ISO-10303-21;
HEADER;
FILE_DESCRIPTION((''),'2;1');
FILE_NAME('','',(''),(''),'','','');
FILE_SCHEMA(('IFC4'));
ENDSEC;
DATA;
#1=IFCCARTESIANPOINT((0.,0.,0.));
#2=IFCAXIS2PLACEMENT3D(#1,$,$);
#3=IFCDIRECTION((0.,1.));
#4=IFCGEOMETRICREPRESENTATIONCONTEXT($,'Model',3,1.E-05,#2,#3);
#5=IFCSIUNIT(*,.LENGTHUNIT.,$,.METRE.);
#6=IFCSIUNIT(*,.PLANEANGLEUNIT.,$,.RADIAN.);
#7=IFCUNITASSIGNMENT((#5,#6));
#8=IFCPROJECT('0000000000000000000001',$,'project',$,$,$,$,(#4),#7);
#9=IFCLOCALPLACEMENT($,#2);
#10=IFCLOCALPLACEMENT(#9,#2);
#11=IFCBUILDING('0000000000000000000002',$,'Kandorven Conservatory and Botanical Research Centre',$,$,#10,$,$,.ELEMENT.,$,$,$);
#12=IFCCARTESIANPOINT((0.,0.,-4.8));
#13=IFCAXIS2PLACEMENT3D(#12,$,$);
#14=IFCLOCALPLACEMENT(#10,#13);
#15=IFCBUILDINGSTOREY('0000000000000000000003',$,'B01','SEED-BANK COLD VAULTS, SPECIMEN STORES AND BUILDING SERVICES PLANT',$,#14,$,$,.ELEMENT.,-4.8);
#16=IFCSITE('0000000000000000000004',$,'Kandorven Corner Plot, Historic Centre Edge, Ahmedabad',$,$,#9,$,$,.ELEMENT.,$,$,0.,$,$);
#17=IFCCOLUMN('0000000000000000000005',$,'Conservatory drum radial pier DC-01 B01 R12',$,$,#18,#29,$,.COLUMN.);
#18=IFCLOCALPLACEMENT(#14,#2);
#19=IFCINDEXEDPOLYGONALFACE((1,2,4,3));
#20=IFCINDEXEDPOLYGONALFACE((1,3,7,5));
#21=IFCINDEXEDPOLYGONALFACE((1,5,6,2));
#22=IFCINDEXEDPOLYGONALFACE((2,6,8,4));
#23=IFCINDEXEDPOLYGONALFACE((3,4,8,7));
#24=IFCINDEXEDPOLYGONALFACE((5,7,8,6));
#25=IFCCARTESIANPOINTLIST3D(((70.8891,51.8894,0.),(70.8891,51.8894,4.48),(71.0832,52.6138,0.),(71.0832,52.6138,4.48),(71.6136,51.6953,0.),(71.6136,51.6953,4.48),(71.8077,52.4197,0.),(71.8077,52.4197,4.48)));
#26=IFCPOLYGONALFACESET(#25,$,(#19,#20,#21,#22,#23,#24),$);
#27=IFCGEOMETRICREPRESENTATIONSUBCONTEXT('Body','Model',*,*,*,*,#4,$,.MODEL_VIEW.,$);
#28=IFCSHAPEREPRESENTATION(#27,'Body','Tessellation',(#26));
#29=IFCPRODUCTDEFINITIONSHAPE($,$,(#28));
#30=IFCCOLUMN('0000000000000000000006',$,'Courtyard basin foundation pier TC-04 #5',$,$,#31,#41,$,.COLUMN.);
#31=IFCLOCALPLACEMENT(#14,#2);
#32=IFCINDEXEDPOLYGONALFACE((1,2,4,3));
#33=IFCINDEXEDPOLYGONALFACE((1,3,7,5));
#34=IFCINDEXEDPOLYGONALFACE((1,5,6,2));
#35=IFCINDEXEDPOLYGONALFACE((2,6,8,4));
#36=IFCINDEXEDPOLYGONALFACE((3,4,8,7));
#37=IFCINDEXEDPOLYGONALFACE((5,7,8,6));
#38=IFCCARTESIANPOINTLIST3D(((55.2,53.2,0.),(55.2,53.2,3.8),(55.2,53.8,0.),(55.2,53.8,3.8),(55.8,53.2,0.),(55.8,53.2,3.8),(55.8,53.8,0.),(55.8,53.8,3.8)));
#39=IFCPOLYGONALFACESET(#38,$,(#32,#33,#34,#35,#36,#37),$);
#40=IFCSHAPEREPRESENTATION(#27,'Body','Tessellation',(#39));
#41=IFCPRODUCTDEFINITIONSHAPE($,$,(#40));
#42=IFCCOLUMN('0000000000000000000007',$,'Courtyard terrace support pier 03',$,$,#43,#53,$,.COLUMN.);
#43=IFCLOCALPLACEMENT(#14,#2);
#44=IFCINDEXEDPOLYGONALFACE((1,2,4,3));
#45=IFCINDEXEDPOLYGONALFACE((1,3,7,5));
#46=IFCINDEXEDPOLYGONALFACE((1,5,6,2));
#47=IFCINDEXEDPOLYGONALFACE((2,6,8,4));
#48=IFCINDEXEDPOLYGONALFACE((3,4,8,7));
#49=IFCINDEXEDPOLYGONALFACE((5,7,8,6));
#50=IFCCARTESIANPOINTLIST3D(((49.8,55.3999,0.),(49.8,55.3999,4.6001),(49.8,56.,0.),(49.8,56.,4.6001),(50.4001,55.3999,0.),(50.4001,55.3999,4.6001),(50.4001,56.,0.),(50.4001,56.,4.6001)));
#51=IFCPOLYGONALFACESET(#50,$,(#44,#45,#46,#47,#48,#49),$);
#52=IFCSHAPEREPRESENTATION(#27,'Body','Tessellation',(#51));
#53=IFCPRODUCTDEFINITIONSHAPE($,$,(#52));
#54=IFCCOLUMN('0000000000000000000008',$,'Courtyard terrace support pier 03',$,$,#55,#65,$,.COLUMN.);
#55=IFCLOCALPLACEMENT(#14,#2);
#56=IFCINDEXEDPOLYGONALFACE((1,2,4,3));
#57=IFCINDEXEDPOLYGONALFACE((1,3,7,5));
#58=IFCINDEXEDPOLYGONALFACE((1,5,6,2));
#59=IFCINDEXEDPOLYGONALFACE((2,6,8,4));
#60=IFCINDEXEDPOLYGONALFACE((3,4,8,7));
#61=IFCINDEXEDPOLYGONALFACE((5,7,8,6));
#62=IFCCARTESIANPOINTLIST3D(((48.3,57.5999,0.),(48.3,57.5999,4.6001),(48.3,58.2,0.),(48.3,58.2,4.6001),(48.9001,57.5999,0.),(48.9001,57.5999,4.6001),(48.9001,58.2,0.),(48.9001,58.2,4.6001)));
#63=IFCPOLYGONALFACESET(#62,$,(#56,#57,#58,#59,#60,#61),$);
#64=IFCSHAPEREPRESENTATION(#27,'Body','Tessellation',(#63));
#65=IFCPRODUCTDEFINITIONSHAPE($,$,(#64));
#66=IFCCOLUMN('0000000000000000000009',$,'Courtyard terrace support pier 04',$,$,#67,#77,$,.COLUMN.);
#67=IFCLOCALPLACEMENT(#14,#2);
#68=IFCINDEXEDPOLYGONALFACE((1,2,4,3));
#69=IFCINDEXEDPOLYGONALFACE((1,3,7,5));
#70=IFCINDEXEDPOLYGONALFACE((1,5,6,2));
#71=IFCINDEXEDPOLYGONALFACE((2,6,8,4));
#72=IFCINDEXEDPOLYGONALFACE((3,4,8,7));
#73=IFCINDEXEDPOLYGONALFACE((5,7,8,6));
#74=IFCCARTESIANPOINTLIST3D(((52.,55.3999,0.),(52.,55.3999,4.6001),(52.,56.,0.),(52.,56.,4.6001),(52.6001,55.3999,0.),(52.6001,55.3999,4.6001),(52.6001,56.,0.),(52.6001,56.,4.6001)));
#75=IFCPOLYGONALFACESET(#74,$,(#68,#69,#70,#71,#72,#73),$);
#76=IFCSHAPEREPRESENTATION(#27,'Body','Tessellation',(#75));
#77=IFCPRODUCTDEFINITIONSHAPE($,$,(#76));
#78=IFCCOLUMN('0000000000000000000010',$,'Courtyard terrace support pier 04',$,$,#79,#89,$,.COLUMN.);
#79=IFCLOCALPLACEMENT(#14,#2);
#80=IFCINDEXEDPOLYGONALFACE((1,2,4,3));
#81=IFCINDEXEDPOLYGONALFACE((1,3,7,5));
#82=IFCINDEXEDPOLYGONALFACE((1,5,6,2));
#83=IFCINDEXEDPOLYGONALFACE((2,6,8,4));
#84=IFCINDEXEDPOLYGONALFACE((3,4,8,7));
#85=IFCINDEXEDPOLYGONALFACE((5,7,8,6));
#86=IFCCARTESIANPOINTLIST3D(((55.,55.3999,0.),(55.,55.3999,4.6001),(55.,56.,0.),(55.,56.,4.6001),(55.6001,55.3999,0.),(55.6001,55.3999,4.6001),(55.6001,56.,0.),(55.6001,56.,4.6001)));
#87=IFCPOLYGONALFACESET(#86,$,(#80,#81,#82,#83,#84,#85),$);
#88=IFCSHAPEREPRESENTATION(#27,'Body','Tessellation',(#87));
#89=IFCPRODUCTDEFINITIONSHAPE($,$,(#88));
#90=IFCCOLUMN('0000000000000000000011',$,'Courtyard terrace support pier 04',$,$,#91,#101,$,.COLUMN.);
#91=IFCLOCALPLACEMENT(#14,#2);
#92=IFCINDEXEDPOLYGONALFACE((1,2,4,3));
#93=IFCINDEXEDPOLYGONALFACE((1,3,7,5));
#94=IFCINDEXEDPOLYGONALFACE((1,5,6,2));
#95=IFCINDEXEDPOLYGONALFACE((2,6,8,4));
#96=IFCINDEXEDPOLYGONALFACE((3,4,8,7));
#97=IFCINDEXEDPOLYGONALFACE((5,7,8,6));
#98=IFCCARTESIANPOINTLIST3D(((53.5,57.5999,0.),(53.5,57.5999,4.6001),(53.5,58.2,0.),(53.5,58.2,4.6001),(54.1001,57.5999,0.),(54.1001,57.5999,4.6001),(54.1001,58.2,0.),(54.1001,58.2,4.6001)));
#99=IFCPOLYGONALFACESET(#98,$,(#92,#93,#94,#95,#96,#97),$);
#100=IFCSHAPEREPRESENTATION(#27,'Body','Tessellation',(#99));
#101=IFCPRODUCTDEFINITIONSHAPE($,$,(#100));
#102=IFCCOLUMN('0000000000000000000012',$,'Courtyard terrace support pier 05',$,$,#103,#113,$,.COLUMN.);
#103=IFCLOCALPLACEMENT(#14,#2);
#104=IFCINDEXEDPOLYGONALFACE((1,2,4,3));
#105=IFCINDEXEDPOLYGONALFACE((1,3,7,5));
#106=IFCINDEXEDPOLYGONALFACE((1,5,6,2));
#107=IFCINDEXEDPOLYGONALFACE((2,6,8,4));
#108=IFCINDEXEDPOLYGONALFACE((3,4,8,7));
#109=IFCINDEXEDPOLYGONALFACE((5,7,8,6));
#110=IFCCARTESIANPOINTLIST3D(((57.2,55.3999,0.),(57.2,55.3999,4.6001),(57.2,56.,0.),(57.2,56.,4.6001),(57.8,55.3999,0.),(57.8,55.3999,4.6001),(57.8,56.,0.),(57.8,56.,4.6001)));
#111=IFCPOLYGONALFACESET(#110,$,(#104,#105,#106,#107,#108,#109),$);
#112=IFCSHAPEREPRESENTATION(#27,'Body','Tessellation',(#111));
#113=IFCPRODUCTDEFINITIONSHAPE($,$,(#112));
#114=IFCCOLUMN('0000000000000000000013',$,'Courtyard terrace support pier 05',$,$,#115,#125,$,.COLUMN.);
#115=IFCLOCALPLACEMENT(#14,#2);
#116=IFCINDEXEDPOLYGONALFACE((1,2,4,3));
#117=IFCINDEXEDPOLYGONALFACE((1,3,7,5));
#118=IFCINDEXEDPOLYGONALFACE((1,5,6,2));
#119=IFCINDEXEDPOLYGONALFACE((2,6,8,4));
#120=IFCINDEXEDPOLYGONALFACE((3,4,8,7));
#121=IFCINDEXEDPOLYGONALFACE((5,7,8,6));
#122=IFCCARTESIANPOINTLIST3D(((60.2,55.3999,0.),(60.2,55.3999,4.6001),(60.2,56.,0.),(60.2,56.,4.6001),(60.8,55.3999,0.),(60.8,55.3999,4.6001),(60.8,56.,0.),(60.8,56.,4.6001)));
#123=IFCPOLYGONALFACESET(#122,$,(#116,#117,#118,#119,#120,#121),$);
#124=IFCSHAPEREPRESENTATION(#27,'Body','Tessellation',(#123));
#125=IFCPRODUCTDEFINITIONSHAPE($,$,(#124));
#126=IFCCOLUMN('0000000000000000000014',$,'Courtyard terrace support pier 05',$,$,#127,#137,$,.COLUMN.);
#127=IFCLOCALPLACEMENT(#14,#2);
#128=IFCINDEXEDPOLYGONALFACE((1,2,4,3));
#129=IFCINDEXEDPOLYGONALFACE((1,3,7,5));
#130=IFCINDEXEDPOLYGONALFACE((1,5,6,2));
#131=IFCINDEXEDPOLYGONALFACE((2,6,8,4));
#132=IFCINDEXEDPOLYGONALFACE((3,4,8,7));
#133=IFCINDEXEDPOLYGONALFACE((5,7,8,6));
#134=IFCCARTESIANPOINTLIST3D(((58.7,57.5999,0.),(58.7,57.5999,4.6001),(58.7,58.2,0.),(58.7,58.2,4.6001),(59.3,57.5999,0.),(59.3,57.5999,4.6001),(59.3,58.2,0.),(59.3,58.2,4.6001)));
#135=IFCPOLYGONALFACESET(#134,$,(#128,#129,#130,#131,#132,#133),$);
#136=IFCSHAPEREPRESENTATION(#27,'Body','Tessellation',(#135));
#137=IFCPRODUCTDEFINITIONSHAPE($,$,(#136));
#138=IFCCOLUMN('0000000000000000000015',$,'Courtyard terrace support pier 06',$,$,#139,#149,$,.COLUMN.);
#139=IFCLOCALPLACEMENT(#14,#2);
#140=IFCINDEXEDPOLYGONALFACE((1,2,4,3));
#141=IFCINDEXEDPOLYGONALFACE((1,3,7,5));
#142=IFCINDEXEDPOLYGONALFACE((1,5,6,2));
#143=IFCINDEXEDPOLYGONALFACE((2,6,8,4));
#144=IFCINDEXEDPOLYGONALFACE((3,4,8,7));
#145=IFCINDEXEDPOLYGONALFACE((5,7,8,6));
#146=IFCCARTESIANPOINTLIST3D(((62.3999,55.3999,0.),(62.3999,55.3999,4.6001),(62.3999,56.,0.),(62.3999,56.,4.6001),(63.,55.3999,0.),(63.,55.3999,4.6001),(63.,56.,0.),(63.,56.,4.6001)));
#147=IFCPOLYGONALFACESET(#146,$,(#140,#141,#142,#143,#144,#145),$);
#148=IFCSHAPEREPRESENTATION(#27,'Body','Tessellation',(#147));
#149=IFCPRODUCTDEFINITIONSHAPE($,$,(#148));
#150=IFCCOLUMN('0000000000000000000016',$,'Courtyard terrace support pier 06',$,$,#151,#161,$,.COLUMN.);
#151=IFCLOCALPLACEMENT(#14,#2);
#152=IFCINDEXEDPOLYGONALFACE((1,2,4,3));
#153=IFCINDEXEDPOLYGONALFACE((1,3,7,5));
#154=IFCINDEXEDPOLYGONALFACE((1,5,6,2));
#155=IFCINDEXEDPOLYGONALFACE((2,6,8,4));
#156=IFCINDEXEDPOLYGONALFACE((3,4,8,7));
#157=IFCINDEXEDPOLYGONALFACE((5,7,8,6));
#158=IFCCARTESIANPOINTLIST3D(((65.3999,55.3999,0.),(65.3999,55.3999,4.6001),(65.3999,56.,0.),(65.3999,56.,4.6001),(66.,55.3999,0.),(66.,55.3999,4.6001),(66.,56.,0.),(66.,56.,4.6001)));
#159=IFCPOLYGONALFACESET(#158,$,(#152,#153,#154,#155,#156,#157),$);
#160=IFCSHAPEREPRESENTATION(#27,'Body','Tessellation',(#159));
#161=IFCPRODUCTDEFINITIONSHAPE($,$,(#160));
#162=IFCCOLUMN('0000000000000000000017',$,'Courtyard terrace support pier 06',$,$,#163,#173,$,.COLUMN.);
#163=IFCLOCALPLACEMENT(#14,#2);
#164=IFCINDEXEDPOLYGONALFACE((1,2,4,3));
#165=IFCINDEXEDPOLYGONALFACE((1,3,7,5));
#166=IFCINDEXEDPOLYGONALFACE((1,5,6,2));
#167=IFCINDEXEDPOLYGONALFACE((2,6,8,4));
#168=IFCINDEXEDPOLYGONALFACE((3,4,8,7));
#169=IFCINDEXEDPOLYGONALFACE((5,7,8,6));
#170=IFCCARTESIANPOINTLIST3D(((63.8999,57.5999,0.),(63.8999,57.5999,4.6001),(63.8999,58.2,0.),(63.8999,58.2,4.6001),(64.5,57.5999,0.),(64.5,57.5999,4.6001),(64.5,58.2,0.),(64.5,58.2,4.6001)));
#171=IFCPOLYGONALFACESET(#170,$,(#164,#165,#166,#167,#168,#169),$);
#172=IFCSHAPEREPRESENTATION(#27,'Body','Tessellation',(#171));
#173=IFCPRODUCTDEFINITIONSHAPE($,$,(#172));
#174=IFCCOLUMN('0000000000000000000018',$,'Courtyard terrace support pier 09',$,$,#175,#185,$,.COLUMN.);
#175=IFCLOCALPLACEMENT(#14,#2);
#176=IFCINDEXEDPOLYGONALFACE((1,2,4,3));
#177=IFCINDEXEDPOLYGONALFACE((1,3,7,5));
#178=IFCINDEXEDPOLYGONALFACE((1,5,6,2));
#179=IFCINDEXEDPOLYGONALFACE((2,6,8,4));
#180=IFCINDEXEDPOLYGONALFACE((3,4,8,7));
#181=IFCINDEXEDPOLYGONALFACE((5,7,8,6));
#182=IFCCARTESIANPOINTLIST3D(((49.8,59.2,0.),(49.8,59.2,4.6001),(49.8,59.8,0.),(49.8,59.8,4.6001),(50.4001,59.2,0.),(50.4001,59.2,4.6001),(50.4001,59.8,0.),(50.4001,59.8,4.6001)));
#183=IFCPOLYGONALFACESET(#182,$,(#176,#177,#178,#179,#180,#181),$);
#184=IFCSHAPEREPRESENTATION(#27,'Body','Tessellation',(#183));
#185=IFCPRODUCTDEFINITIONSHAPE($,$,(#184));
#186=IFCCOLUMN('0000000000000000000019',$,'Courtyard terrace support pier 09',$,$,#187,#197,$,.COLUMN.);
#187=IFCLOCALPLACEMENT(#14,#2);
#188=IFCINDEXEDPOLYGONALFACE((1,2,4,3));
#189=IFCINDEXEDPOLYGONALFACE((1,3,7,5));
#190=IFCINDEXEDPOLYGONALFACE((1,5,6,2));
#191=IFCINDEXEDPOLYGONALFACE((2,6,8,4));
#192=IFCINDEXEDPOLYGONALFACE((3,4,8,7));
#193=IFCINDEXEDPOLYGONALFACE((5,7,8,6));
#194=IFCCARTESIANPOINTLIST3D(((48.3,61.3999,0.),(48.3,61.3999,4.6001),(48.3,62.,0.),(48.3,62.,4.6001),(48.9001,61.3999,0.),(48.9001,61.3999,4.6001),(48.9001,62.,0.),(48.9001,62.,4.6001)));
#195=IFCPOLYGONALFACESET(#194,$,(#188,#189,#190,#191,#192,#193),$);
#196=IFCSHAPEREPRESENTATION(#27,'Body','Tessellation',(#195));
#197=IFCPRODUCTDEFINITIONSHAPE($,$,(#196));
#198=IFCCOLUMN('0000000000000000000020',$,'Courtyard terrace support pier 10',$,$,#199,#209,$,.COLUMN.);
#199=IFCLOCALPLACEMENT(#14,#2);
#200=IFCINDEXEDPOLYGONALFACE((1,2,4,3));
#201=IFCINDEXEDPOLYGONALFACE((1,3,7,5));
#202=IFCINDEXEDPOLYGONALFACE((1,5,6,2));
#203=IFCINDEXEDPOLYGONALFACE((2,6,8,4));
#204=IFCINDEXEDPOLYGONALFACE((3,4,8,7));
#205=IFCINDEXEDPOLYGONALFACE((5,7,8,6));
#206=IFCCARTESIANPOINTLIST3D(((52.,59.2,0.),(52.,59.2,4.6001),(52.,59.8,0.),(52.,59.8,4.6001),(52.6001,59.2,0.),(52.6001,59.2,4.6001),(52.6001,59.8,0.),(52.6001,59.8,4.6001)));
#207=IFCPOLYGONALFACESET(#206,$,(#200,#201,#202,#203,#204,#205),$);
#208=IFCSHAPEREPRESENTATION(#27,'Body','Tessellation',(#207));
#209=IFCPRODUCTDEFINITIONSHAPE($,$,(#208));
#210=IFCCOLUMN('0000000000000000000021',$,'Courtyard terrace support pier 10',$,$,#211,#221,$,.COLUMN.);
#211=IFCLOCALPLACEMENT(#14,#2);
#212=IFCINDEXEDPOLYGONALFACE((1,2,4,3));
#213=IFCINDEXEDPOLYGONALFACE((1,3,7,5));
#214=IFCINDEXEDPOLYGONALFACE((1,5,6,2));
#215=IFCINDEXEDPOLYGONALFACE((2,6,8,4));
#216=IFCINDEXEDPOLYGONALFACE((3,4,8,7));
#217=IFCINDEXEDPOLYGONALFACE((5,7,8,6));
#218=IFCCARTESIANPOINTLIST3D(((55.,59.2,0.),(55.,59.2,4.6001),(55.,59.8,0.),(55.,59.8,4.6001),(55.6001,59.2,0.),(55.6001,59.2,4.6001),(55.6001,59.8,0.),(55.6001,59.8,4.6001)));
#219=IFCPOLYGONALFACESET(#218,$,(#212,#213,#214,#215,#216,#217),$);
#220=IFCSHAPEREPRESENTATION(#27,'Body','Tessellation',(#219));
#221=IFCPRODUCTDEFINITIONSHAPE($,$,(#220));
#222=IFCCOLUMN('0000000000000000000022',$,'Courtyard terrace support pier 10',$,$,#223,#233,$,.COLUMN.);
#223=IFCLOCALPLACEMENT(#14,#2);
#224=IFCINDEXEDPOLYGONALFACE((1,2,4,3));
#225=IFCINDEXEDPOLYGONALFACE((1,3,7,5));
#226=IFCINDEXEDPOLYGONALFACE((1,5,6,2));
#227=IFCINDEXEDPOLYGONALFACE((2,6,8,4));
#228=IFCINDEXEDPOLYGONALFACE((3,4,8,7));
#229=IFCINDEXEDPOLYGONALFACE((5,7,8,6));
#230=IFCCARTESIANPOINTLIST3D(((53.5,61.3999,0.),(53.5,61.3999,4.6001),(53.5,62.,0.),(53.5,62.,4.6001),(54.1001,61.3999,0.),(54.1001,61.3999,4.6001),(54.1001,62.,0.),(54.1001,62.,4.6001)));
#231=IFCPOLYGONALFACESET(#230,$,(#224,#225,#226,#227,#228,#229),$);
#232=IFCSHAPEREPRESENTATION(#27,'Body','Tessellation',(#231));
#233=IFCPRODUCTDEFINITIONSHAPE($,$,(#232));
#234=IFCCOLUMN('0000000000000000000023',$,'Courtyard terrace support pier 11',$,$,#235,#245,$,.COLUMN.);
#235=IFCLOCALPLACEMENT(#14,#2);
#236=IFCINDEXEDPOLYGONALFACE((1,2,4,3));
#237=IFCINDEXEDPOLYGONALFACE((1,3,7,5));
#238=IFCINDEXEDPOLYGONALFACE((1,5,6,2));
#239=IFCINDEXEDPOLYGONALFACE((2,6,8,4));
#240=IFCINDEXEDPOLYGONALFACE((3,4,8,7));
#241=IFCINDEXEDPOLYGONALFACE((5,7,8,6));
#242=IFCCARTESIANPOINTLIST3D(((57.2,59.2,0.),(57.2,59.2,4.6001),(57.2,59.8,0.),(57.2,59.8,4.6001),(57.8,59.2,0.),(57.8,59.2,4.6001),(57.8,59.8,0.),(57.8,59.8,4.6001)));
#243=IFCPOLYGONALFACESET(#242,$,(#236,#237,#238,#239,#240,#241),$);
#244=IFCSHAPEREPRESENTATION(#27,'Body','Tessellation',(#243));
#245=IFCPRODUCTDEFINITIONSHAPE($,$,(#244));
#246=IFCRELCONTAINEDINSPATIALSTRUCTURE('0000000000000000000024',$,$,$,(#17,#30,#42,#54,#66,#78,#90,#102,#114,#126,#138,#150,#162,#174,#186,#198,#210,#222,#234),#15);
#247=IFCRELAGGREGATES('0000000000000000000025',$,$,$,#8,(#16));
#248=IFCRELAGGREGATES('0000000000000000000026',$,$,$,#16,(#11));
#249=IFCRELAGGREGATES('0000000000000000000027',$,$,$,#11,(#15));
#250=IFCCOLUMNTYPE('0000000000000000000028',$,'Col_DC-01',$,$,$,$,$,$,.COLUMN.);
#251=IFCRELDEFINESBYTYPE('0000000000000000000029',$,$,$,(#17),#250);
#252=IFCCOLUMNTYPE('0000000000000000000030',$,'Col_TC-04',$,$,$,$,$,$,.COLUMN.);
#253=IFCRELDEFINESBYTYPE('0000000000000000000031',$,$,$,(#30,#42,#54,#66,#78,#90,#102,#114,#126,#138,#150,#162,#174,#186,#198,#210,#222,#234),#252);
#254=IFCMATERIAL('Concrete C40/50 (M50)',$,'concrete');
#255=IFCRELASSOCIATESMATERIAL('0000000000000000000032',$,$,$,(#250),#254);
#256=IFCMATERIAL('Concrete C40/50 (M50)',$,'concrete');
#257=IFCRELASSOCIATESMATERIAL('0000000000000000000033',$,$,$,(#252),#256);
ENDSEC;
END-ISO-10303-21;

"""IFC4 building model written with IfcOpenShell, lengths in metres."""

from ifc_helpers import new_model, si_unit, direction, frame, origin, origin_2d, place, context, subcontext, project, spatial, rectangle, extrude, material, material_profile, profile_set, type_object, element, save


model = new_model("IFC4")

# Units and contexts
model_context = context("Model", 3, precision=1e-05, world=origin(), true_north=direction((0.0, 1.0)))
body_context = subcontext(model_context, "Body", "Model", "MODEL_VIEW")
ifc_project = project(units=[si_unit("LENGTHUNIT", "METRE"), si_unit("PLANEANGLEUNIT", "RADIAN")], contexts=[model_context])

# Site, building, storey
site_placement = place(None, origin())
site = spatial("IfcSite", under=ifc_project, at=site_placement, Name="Kandorven Corner Plot, Historic Centre Edge, Ahmedabad", CompositionType="ELEMENT", RefElevation=0.0)
building_placement = place(site_placement, origin())
building = spatial("IfcBuilding", under=site, at=building_placement, Name="Kandorven Conservatory and Botanical Research Centre", CompositionType="ELEMENT")
storey_placement = place(building_placement, frame((0.0, 0.0, -4.8)))
storey = spatial("IfcBuildingStorey", under=building, at=storey_placement, Name="B01", Description="SEED-BANK COLD VAULTS, SPECIMEN STORES AND BUILDING SERVICES PLANT", CompositionType="ELEMENT", Elevation=-4.8)

# Columns
ifc_material_1 = material(Name="Concrete C40/50 (M50)", Category="concrete")
ifc_material_profile_1 = material_profile(ifc_material_1, rectangle(XDim=0.75, YDim=0.75, at=origin_2d()))
ifc_profile_set_1 = profile_set([ifc_material_profile_1], Name="Concrete C40/50 (M50)")
column_type_1 = type_object("IfcColumnType", Name="Col_DC-01", PredefinedType="COLUMN", material=ifc_profile_set_1)
column_1_placement = place(storey_placement, frame((71.3484, 52.1545, 0.0), z_axis=(0.0, 0.0, 1.0), x_axis=(-0.965926, 0.258819, 0.0)))
element("IfcColumn", 1, at=column_1_placement, inside=storey, type_object=column_type_1, Name="Conservatory drum radial pier DC-01 B01 R12", PredefinedType="COLUMN", context=body_context, shape_type="SweptSolid", body=[
    extrude(rectangle(XDim=0.75, YDim=0.75, at=origin_2d()), origin(), (0.0, 0.0, 1.0), 4.48),
])
ifc_material_2 = material(Name="Concrete C40/50 (M50)", Category="concrete")
ifc_material_profile_2 = material_profile(ifc_material_2, rectangle(XDim=0.6001, YDim=0.6001, at=origin_2d()))
ifc_profile_set_2 = profile_set([ifc_material_profile_2], Name="Concrete C40/50 (M50)")
column_type_2 = type_object("IfcColumnType", Name="Col_TC-04", PredefinedType="COLUMN", material=ifc_profile_set_2)
column_2_placement = place(storey_placement, frame((55.5, 53.5, 0.0), z_axis=(0.0, 0.0, 1.0), x_axis=(1.0, 0.0, 0.0)))
element("IfcColumn", 2, at=column_2_placement, inside=storey, type_object=column_type_2, Name="Courtyard basin foundation pier TC-04 #5", PredefinedType="COLUMN", context=body_context, shape_type="SweptSolid", body=[
    extrude(rectangle(XDim=0.6001, YDim=0.6001, at=origin_2d()), origin(), (0.0, 0.0, 1.0), 3.8),
])
for number, where, z_axis, x_axis, name in (
    (3, (50.1001, 55.7, 0.0), (0.0, 0.0, 1.0), (1.0, 0.0, 0.0), "Courtyard terrace support pier 03"),
    (4, (48.6001, 57.8999, 0.0), (0.0, 0.0, 1.0), (1.0, 0.0, 0.0), "Courtyard terrace support pier 03"),
    (5, (52.3, 55.7, 0.0), (0.0, 0.0, 1.0), (1.0, 0.0, 0.0), "Courtyard terrace support pier 04"),
    (6, (55.3, 55.7, 0.0), (0.0, 0.0, 1.0), (1.0, 0.0, 0.0), "Courtyard terrace support pier 04"),
    (7, (53.8, 57.8999, 0.0), (0.0, 0.0, 1.0), (1.0, 0.0, 0.0), "Courtyard terrace support pier 04"),
    (8, (57.5, 55.7, 0.0), (0.0, 0.0, 1.0), (1.0, 0.0, 0.0), "Courtyard terrace support pier 05"),
    (9, (60.5, 55.7, 0.0), (0.0, 0.0, 1.0), (1.0, 0.0, 0.0), "Courtyard terrace support pier 05"),
    (10, (59.0, 57.8999, 0.0), (0.0, 0.0, 1.0), (1.0, 0.0, 0.0), "Courtyard terrace support pier 05"),
    (11, (62.7, 55.7, 0.0), (0.0, 0.0, 1.0), (1.0, 0.0, 0.0), "Courtyard terrace support pier 06"),
    (12, (65.7, 55.7, 0.0), (0.0, 0.0, 1.0), (1.0, 0.0, 0.0), "Courtyard terrace support pier 06"),
    (13, (64.2, 57.8999, 0.0), (0.0, 0.0, 1.0), (1.0, 0.0, 0.0), "Courtyard terrace support pier 06"),
    (14, (50.1001, 59.5, 0.0), (0.0, 0.0, 1.0), (1.0, 0.0, 0.0), "Courtyard terrace support pier 09"),
    (15, (48.6001, 61.7, 0.0), (0.0, 0.0, 1.0), (1.0, 0.0, 0.0), "Courtyard terrace support pier 09"),
    (16, (52.3, 59.5, 0.0), (0.0, 0.0, 1.0), (1.0, 0.0, 0.0), "Courtyard terrace support pier 10"),
    (17, (55.3, 59.5, 0.0), (0.0, 0.0, 1.0), (1.0, 0.0, 0.0), "Courtyard terrace support pier 10"),
    (18, (53.8, 61.7, 0.0), (0.0, 0.0, 1.0), (1.0, 0.0, 0.0), "Courtyard terrace support pier 10"),
    (19, (57.5, 59.5, 0.0), (0.0, 0.0, 1.0), (1.0, 0.0, 0.0), "Courtyard terrace support pier 11"),
):
    element("IfcColumn", number, at=place(storey_placement, frame(where, z_axis=z_axis, x_axis=x_axis)), inside=storey, type_object=column_type_2, Name=name, PredefinedType="COLUMN", context=body_context, shape_type="SweptSolid", body=[
        extrude(rectangle(XDim=0.6001, YDim=0.6001, at=origin_2d()), origin(), (0.0, 0.0, 1.0), 4.6001),
    ])

save(model, "model.ifc")
